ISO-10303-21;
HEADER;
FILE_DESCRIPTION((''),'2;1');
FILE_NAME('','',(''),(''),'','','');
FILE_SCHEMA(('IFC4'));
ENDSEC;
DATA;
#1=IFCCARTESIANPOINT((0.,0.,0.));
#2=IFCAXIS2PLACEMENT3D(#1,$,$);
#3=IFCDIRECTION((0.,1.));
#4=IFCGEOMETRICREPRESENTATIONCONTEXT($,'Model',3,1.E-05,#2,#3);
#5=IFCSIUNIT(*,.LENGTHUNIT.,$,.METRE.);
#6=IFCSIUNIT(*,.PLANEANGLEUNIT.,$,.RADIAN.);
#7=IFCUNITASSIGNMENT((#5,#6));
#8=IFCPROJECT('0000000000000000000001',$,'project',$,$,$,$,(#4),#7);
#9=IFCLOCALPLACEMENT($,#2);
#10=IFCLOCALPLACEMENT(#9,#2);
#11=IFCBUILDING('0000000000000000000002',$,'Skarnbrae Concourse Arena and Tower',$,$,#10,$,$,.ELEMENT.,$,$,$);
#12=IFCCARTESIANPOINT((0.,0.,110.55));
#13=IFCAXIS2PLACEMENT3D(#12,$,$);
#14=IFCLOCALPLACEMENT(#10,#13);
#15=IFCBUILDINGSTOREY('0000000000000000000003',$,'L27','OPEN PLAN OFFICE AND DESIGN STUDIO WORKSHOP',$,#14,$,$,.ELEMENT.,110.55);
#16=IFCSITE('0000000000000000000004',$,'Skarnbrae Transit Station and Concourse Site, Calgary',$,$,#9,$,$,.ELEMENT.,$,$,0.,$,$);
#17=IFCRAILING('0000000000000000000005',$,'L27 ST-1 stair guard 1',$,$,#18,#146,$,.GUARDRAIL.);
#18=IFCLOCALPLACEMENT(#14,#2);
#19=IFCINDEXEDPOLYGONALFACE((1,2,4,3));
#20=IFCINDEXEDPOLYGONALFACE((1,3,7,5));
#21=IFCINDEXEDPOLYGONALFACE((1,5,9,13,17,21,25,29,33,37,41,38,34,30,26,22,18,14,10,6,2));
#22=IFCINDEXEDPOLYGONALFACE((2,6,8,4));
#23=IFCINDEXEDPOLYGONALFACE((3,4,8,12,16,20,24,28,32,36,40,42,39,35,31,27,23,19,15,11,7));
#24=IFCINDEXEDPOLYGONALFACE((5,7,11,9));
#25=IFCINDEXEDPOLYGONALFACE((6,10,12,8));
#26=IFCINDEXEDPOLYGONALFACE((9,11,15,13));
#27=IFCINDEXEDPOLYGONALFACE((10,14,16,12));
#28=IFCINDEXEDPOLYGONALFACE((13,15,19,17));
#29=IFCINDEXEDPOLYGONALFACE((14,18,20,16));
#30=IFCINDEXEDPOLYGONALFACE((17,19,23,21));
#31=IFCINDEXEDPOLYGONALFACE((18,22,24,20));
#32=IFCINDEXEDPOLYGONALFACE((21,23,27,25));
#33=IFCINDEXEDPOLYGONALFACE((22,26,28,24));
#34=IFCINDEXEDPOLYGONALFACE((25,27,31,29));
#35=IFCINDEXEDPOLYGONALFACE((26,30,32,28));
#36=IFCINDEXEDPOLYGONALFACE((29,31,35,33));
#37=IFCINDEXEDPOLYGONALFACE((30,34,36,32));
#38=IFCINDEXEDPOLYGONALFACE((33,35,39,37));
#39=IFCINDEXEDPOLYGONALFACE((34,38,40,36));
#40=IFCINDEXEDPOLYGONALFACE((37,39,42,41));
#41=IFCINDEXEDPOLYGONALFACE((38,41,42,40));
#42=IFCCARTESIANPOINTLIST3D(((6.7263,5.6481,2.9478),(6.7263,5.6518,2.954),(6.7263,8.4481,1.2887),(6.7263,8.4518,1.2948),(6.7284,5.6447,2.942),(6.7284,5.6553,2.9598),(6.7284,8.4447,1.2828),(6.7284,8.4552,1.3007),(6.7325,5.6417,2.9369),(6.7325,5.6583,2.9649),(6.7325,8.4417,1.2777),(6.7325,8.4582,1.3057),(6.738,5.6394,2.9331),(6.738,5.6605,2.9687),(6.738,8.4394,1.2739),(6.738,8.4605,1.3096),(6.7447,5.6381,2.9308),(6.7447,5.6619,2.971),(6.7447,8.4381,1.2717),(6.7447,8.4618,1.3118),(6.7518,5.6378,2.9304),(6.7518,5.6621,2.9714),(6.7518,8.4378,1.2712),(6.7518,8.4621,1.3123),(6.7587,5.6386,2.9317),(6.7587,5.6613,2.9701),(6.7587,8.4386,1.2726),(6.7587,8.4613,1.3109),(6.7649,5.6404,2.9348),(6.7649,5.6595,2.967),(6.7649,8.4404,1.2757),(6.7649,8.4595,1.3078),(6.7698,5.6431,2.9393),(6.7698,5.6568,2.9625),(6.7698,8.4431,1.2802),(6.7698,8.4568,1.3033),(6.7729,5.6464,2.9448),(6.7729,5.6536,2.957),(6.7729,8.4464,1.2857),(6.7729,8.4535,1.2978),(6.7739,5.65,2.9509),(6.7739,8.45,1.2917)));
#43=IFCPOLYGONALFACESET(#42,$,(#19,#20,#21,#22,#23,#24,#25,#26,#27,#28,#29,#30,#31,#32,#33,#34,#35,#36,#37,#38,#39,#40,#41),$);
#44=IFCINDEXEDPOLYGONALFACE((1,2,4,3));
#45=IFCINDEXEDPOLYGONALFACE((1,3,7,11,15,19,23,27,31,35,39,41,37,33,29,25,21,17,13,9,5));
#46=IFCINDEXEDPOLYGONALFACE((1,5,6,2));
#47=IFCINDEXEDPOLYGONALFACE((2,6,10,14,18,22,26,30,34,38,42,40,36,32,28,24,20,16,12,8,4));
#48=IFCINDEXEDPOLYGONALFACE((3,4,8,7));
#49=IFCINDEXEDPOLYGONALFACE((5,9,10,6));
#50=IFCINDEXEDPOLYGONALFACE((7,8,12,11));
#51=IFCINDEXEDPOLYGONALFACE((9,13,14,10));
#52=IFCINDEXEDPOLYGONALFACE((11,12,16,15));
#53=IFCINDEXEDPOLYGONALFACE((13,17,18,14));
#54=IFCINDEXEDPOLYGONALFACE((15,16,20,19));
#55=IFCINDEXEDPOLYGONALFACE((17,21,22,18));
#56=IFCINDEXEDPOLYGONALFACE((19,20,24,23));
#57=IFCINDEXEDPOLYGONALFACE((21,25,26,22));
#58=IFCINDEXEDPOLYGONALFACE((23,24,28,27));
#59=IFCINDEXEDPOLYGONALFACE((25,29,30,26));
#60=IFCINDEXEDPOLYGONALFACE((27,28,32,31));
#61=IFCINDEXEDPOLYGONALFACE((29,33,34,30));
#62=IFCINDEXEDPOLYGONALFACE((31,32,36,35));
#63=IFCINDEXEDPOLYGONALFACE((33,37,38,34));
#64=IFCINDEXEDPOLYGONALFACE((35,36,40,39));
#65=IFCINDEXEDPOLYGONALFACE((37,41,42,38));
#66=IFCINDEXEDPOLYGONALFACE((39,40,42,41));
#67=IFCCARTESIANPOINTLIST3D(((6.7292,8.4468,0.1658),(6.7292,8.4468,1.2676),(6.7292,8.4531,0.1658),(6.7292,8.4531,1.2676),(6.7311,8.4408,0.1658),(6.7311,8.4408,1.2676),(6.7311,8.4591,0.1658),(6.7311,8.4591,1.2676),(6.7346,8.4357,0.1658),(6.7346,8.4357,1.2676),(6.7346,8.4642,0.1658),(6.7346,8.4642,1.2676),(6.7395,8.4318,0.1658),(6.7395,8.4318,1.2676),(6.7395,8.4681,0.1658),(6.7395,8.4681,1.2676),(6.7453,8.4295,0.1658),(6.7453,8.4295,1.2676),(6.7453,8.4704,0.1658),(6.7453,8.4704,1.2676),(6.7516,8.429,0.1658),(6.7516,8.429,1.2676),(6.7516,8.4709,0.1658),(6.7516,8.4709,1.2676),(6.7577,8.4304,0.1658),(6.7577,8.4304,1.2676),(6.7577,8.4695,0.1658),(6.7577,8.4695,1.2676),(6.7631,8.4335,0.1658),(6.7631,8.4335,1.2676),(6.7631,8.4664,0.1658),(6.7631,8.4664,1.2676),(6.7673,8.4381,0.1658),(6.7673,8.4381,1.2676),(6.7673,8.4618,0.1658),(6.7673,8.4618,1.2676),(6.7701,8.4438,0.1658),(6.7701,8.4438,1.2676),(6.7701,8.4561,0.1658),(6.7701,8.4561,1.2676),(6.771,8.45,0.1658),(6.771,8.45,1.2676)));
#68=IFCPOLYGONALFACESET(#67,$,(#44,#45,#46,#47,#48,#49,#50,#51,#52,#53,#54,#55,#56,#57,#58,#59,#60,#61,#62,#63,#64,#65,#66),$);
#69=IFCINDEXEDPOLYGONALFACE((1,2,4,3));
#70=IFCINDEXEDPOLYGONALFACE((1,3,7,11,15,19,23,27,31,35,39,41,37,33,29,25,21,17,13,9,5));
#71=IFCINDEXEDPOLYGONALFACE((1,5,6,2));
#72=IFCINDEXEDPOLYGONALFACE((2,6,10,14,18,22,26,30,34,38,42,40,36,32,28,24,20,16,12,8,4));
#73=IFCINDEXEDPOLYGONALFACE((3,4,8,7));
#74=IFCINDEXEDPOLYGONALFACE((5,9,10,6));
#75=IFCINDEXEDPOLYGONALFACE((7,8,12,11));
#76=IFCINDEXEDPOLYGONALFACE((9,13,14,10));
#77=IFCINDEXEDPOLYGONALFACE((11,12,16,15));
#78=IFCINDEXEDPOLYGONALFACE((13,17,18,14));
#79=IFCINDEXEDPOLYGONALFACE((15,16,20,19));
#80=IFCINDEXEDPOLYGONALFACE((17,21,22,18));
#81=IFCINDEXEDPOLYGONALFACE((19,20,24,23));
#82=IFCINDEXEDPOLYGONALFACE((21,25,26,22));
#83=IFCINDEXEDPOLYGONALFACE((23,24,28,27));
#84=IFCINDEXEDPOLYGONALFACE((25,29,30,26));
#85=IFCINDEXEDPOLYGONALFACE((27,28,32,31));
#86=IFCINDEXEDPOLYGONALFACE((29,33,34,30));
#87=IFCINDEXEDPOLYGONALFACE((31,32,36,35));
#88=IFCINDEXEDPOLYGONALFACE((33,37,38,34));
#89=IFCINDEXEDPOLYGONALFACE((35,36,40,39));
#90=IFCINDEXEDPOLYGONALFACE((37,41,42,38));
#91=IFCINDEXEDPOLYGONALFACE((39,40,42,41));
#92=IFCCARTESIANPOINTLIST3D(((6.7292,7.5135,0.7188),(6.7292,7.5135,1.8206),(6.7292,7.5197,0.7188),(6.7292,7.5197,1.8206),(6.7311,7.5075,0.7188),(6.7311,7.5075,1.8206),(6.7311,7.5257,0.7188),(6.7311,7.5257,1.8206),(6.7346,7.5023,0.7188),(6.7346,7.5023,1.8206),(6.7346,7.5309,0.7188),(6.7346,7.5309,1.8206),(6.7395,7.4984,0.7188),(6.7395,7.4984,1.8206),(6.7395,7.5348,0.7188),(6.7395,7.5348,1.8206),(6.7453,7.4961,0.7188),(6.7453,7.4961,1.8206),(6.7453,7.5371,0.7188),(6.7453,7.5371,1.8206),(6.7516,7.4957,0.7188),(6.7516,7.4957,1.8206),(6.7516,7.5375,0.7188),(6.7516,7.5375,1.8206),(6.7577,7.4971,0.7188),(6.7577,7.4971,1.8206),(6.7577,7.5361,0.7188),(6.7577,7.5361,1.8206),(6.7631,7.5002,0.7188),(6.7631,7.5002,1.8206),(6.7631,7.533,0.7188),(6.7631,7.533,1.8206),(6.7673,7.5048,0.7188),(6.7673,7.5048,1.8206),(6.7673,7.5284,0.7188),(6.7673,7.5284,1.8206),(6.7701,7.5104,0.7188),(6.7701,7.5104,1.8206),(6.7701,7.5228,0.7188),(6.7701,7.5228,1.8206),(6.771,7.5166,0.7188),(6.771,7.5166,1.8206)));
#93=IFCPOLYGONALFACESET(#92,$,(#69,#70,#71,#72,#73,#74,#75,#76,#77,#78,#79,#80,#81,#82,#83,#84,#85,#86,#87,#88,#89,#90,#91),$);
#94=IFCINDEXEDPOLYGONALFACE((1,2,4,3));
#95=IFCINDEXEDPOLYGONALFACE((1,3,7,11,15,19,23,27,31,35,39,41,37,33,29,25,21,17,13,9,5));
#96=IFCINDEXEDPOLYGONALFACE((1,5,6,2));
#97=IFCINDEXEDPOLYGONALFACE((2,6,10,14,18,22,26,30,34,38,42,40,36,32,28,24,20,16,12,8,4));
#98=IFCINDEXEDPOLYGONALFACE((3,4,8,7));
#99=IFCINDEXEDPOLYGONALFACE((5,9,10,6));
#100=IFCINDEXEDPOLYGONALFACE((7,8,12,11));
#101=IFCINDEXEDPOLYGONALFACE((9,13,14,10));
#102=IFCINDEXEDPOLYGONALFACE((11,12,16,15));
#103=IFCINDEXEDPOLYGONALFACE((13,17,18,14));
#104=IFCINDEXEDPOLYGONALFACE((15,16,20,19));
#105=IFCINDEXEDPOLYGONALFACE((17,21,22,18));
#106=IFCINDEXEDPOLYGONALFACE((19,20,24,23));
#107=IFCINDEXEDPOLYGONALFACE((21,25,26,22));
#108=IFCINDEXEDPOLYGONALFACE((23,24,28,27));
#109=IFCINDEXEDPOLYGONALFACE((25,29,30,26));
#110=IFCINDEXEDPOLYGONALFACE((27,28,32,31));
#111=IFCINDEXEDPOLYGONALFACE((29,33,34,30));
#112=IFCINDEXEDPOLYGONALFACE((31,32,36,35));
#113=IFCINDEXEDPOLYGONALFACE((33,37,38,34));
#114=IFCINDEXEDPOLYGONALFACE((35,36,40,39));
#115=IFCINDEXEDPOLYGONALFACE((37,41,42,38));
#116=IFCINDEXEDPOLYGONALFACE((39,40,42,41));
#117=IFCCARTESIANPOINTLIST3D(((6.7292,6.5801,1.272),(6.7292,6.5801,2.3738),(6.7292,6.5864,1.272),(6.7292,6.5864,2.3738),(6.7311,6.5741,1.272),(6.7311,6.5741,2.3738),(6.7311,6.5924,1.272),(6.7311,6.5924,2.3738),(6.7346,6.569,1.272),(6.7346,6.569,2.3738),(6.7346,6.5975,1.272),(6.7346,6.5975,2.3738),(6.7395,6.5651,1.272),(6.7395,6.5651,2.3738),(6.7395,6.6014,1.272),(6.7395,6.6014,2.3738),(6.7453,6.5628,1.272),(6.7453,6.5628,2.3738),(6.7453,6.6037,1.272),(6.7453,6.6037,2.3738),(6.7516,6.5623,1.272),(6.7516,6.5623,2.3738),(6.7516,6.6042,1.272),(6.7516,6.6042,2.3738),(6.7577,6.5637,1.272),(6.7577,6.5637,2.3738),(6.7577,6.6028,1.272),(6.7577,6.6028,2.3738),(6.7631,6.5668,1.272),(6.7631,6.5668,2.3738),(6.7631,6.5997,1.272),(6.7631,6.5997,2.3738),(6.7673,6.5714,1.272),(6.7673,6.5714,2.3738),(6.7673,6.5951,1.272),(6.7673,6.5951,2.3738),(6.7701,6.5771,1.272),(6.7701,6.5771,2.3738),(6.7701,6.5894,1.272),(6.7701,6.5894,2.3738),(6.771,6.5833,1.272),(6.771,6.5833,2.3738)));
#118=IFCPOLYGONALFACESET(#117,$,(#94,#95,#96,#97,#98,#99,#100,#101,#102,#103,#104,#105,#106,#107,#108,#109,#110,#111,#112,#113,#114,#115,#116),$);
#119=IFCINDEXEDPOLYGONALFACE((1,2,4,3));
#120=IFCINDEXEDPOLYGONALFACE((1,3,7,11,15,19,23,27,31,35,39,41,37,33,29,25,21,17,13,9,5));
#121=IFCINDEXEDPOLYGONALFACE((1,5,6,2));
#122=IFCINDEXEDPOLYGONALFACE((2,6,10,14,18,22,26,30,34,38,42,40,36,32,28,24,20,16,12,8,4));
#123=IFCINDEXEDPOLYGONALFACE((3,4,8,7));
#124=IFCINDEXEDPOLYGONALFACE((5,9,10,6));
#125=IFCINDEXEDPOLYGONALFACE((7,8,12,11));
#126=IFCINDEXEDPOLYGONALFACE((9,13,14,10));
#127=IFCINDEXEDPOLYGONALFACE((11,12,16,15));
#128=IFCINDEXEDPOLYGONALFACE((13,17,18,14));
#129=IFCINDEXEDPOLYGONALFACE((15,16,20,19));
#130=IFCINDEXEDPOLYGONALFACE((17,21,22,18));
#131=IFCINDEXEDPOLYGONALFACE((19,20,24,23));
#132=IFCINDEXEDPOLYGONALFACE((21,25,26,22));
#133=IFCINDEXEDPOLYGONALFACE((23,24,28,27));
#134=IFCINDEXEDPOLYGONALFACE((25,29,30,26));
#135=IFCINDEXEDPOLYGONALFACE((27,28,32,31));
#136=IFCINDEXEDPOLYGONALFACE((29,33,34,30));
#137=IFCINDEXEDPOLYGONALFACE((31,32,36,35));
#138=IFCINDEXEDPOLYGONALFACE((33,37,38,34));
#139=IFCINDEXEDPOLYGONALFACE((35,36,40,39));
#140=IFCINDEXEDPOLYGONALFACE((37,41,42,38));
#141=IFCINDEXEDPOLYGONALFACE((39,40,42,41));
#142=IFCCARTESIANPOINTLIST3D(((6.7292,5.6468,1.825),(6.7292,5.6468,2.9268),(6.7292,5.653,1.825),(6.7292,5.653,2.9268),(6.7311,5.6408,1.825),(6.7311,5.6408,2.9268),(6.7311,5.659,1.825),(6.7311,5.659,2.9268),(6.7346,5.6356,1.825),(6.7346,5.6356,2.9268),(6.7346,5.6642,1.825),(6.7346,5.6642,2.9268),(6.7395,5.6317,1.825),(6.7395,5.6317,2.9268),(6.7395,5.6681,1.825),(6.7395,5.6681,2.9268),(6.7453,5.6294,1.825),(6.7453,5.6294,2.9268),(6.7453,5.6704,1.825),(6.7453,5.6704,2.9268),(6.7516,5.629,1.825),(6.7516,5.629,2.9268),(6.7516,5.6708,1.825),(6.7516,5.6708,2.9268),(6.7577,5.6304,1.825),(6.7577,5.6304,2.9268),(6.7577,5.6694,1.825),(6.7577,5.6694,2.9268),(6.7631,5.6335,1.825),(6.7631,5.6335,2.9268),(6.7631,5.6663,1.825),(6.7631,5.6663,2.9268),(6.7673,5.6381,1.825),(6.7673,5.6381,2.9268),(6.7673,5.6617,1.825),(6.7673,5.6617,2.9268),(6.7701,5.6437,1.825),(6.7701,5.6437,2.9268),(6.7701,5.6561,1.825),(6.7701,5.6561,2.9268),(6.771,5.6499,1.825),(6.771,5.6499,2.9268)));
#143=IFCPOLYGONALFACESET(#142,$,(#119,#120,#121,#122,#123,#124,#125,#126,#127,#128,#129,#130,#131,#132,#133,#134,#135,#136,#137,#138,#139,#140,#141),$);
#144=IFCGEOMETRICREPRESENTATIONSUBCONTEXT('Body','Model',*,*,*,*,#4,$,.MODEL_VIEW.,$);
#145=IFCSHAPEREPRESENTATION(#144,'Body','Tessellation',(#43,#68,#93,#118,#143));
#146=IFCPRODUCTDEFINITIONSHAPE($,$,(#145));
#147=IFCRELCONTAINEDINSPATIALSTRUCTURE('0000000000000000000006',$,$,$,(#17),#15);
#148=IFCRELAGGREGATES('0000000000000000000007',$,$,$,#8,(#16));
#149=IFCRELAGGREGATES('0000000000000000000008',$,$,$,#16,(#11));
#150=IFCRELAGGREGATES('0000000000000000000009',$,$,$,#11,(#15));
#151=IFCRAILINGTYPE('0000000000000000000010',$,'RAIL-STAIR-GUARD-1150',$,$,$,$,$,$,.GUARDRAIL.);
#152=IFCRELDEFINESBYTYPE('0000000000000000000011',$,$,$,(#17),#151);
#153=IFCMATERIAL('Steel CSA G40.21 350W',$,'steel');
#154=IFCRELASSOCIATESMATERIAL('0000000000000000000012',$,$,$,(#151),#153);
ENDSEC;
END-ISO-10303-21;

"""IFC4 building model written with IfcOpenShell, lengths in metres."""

from ifc_helpers import new_model, si_unit, direction, frame, origin, origin_2d, place, context, subcontext, project, spatial, circle, extrude, material, type_object, element, save


model = new_model("IFC4")

# Units and contexts
model_context = context("Model", 3, precision=1e-05, world=origin(), true_north=direction((0.0, 1.0)))
body_context = subcontext(model_context, "Body", "Model", "MODEL_VIEW")
ifc_project = project(units=[si_unit("LENGTHUNIT", "METRE"), si_unit("PLANEANGLEUNIT", "RADIAN")], contexts=[model_context])

# Site, building, storey
site_placement = place(None, origin())
site = spatial("IfcSite", under=ifc_project, at=site_placement, Name="Skarnbrae Transit Station and Concourse Site, Calgary", CompositionType="ELEMENT", RefElevation=0.0)
building_placement = place(site_placement, origin())
building = spatial("IfcBuilding", under=site, at=building_placement, Name="Skarnbrae Concourse Arena and Tower", CompositionType="ELEMENT")
storey_placement = place(building_placement, frame((0.0, 0.0, 110.55)))
storey = spatial("IfcBuildingStorey", under=building, at=storey_placement, Name="L27", Description="OPEN PLAN OFFICE AND DESIGN STUDIO WORKSHOP", CompositionType="ELEMENT", Elevation=110.55)

# Shared definitions
ifc_material_1 = material(Name="Steel CSA G40.21 350W", Category="steel")

# Railing
railing_type_1 = type_object("IfcRailingType", Name="RAIL-STAIR-GUARD-1150", PredefinedType="GUARDRAIL", material=ifc_material_1)
railing_1_placement = place(storey_placement, frame((6.75, 8.45, 0.1658)))
element("IfcRailing", 1, at=railing_1_placement, inside=storey, type_object=railing_type_1, Name="L27 ST-1 stair guard 1", PredefinedType="GUARDRAIL", context=body_context, shape_type="SweptSolid", body=[
    extrude(circle(Radius=0.0239, at=origin_2d()), frame((0.0, 0.0, 1.126), z_axis=(0.0, -0.860306, 0.509778), x_axis=(1.0, 0.0, 0.0)), (0.0, 0.0, 1.0), 3.2546),
    extrude(circle(Radius=0.021, at=origin_2d()), origin(), (0.0, 0.0, 1.0), 1.1018),
    extrude(circle(Radius=0.021, at=origin_2d()), frame((0.0, -0.9333, 0.553)), (0.0, 0.0, 1.0), 1.1018),
    extrude(circle(Radius=0.021, at=origin_2d()), frame((0.0, -1.8667, 1.1062)), (0.0, 0.0, 1.0), 1.1018),
    extrude(circle(Radius=0.021, at=origin_2d()), frame((0.0, -2.8, 1.6592)), (0.0, 0.0, 1.0), 1.1018),
])

save(model, "model.ifc")
